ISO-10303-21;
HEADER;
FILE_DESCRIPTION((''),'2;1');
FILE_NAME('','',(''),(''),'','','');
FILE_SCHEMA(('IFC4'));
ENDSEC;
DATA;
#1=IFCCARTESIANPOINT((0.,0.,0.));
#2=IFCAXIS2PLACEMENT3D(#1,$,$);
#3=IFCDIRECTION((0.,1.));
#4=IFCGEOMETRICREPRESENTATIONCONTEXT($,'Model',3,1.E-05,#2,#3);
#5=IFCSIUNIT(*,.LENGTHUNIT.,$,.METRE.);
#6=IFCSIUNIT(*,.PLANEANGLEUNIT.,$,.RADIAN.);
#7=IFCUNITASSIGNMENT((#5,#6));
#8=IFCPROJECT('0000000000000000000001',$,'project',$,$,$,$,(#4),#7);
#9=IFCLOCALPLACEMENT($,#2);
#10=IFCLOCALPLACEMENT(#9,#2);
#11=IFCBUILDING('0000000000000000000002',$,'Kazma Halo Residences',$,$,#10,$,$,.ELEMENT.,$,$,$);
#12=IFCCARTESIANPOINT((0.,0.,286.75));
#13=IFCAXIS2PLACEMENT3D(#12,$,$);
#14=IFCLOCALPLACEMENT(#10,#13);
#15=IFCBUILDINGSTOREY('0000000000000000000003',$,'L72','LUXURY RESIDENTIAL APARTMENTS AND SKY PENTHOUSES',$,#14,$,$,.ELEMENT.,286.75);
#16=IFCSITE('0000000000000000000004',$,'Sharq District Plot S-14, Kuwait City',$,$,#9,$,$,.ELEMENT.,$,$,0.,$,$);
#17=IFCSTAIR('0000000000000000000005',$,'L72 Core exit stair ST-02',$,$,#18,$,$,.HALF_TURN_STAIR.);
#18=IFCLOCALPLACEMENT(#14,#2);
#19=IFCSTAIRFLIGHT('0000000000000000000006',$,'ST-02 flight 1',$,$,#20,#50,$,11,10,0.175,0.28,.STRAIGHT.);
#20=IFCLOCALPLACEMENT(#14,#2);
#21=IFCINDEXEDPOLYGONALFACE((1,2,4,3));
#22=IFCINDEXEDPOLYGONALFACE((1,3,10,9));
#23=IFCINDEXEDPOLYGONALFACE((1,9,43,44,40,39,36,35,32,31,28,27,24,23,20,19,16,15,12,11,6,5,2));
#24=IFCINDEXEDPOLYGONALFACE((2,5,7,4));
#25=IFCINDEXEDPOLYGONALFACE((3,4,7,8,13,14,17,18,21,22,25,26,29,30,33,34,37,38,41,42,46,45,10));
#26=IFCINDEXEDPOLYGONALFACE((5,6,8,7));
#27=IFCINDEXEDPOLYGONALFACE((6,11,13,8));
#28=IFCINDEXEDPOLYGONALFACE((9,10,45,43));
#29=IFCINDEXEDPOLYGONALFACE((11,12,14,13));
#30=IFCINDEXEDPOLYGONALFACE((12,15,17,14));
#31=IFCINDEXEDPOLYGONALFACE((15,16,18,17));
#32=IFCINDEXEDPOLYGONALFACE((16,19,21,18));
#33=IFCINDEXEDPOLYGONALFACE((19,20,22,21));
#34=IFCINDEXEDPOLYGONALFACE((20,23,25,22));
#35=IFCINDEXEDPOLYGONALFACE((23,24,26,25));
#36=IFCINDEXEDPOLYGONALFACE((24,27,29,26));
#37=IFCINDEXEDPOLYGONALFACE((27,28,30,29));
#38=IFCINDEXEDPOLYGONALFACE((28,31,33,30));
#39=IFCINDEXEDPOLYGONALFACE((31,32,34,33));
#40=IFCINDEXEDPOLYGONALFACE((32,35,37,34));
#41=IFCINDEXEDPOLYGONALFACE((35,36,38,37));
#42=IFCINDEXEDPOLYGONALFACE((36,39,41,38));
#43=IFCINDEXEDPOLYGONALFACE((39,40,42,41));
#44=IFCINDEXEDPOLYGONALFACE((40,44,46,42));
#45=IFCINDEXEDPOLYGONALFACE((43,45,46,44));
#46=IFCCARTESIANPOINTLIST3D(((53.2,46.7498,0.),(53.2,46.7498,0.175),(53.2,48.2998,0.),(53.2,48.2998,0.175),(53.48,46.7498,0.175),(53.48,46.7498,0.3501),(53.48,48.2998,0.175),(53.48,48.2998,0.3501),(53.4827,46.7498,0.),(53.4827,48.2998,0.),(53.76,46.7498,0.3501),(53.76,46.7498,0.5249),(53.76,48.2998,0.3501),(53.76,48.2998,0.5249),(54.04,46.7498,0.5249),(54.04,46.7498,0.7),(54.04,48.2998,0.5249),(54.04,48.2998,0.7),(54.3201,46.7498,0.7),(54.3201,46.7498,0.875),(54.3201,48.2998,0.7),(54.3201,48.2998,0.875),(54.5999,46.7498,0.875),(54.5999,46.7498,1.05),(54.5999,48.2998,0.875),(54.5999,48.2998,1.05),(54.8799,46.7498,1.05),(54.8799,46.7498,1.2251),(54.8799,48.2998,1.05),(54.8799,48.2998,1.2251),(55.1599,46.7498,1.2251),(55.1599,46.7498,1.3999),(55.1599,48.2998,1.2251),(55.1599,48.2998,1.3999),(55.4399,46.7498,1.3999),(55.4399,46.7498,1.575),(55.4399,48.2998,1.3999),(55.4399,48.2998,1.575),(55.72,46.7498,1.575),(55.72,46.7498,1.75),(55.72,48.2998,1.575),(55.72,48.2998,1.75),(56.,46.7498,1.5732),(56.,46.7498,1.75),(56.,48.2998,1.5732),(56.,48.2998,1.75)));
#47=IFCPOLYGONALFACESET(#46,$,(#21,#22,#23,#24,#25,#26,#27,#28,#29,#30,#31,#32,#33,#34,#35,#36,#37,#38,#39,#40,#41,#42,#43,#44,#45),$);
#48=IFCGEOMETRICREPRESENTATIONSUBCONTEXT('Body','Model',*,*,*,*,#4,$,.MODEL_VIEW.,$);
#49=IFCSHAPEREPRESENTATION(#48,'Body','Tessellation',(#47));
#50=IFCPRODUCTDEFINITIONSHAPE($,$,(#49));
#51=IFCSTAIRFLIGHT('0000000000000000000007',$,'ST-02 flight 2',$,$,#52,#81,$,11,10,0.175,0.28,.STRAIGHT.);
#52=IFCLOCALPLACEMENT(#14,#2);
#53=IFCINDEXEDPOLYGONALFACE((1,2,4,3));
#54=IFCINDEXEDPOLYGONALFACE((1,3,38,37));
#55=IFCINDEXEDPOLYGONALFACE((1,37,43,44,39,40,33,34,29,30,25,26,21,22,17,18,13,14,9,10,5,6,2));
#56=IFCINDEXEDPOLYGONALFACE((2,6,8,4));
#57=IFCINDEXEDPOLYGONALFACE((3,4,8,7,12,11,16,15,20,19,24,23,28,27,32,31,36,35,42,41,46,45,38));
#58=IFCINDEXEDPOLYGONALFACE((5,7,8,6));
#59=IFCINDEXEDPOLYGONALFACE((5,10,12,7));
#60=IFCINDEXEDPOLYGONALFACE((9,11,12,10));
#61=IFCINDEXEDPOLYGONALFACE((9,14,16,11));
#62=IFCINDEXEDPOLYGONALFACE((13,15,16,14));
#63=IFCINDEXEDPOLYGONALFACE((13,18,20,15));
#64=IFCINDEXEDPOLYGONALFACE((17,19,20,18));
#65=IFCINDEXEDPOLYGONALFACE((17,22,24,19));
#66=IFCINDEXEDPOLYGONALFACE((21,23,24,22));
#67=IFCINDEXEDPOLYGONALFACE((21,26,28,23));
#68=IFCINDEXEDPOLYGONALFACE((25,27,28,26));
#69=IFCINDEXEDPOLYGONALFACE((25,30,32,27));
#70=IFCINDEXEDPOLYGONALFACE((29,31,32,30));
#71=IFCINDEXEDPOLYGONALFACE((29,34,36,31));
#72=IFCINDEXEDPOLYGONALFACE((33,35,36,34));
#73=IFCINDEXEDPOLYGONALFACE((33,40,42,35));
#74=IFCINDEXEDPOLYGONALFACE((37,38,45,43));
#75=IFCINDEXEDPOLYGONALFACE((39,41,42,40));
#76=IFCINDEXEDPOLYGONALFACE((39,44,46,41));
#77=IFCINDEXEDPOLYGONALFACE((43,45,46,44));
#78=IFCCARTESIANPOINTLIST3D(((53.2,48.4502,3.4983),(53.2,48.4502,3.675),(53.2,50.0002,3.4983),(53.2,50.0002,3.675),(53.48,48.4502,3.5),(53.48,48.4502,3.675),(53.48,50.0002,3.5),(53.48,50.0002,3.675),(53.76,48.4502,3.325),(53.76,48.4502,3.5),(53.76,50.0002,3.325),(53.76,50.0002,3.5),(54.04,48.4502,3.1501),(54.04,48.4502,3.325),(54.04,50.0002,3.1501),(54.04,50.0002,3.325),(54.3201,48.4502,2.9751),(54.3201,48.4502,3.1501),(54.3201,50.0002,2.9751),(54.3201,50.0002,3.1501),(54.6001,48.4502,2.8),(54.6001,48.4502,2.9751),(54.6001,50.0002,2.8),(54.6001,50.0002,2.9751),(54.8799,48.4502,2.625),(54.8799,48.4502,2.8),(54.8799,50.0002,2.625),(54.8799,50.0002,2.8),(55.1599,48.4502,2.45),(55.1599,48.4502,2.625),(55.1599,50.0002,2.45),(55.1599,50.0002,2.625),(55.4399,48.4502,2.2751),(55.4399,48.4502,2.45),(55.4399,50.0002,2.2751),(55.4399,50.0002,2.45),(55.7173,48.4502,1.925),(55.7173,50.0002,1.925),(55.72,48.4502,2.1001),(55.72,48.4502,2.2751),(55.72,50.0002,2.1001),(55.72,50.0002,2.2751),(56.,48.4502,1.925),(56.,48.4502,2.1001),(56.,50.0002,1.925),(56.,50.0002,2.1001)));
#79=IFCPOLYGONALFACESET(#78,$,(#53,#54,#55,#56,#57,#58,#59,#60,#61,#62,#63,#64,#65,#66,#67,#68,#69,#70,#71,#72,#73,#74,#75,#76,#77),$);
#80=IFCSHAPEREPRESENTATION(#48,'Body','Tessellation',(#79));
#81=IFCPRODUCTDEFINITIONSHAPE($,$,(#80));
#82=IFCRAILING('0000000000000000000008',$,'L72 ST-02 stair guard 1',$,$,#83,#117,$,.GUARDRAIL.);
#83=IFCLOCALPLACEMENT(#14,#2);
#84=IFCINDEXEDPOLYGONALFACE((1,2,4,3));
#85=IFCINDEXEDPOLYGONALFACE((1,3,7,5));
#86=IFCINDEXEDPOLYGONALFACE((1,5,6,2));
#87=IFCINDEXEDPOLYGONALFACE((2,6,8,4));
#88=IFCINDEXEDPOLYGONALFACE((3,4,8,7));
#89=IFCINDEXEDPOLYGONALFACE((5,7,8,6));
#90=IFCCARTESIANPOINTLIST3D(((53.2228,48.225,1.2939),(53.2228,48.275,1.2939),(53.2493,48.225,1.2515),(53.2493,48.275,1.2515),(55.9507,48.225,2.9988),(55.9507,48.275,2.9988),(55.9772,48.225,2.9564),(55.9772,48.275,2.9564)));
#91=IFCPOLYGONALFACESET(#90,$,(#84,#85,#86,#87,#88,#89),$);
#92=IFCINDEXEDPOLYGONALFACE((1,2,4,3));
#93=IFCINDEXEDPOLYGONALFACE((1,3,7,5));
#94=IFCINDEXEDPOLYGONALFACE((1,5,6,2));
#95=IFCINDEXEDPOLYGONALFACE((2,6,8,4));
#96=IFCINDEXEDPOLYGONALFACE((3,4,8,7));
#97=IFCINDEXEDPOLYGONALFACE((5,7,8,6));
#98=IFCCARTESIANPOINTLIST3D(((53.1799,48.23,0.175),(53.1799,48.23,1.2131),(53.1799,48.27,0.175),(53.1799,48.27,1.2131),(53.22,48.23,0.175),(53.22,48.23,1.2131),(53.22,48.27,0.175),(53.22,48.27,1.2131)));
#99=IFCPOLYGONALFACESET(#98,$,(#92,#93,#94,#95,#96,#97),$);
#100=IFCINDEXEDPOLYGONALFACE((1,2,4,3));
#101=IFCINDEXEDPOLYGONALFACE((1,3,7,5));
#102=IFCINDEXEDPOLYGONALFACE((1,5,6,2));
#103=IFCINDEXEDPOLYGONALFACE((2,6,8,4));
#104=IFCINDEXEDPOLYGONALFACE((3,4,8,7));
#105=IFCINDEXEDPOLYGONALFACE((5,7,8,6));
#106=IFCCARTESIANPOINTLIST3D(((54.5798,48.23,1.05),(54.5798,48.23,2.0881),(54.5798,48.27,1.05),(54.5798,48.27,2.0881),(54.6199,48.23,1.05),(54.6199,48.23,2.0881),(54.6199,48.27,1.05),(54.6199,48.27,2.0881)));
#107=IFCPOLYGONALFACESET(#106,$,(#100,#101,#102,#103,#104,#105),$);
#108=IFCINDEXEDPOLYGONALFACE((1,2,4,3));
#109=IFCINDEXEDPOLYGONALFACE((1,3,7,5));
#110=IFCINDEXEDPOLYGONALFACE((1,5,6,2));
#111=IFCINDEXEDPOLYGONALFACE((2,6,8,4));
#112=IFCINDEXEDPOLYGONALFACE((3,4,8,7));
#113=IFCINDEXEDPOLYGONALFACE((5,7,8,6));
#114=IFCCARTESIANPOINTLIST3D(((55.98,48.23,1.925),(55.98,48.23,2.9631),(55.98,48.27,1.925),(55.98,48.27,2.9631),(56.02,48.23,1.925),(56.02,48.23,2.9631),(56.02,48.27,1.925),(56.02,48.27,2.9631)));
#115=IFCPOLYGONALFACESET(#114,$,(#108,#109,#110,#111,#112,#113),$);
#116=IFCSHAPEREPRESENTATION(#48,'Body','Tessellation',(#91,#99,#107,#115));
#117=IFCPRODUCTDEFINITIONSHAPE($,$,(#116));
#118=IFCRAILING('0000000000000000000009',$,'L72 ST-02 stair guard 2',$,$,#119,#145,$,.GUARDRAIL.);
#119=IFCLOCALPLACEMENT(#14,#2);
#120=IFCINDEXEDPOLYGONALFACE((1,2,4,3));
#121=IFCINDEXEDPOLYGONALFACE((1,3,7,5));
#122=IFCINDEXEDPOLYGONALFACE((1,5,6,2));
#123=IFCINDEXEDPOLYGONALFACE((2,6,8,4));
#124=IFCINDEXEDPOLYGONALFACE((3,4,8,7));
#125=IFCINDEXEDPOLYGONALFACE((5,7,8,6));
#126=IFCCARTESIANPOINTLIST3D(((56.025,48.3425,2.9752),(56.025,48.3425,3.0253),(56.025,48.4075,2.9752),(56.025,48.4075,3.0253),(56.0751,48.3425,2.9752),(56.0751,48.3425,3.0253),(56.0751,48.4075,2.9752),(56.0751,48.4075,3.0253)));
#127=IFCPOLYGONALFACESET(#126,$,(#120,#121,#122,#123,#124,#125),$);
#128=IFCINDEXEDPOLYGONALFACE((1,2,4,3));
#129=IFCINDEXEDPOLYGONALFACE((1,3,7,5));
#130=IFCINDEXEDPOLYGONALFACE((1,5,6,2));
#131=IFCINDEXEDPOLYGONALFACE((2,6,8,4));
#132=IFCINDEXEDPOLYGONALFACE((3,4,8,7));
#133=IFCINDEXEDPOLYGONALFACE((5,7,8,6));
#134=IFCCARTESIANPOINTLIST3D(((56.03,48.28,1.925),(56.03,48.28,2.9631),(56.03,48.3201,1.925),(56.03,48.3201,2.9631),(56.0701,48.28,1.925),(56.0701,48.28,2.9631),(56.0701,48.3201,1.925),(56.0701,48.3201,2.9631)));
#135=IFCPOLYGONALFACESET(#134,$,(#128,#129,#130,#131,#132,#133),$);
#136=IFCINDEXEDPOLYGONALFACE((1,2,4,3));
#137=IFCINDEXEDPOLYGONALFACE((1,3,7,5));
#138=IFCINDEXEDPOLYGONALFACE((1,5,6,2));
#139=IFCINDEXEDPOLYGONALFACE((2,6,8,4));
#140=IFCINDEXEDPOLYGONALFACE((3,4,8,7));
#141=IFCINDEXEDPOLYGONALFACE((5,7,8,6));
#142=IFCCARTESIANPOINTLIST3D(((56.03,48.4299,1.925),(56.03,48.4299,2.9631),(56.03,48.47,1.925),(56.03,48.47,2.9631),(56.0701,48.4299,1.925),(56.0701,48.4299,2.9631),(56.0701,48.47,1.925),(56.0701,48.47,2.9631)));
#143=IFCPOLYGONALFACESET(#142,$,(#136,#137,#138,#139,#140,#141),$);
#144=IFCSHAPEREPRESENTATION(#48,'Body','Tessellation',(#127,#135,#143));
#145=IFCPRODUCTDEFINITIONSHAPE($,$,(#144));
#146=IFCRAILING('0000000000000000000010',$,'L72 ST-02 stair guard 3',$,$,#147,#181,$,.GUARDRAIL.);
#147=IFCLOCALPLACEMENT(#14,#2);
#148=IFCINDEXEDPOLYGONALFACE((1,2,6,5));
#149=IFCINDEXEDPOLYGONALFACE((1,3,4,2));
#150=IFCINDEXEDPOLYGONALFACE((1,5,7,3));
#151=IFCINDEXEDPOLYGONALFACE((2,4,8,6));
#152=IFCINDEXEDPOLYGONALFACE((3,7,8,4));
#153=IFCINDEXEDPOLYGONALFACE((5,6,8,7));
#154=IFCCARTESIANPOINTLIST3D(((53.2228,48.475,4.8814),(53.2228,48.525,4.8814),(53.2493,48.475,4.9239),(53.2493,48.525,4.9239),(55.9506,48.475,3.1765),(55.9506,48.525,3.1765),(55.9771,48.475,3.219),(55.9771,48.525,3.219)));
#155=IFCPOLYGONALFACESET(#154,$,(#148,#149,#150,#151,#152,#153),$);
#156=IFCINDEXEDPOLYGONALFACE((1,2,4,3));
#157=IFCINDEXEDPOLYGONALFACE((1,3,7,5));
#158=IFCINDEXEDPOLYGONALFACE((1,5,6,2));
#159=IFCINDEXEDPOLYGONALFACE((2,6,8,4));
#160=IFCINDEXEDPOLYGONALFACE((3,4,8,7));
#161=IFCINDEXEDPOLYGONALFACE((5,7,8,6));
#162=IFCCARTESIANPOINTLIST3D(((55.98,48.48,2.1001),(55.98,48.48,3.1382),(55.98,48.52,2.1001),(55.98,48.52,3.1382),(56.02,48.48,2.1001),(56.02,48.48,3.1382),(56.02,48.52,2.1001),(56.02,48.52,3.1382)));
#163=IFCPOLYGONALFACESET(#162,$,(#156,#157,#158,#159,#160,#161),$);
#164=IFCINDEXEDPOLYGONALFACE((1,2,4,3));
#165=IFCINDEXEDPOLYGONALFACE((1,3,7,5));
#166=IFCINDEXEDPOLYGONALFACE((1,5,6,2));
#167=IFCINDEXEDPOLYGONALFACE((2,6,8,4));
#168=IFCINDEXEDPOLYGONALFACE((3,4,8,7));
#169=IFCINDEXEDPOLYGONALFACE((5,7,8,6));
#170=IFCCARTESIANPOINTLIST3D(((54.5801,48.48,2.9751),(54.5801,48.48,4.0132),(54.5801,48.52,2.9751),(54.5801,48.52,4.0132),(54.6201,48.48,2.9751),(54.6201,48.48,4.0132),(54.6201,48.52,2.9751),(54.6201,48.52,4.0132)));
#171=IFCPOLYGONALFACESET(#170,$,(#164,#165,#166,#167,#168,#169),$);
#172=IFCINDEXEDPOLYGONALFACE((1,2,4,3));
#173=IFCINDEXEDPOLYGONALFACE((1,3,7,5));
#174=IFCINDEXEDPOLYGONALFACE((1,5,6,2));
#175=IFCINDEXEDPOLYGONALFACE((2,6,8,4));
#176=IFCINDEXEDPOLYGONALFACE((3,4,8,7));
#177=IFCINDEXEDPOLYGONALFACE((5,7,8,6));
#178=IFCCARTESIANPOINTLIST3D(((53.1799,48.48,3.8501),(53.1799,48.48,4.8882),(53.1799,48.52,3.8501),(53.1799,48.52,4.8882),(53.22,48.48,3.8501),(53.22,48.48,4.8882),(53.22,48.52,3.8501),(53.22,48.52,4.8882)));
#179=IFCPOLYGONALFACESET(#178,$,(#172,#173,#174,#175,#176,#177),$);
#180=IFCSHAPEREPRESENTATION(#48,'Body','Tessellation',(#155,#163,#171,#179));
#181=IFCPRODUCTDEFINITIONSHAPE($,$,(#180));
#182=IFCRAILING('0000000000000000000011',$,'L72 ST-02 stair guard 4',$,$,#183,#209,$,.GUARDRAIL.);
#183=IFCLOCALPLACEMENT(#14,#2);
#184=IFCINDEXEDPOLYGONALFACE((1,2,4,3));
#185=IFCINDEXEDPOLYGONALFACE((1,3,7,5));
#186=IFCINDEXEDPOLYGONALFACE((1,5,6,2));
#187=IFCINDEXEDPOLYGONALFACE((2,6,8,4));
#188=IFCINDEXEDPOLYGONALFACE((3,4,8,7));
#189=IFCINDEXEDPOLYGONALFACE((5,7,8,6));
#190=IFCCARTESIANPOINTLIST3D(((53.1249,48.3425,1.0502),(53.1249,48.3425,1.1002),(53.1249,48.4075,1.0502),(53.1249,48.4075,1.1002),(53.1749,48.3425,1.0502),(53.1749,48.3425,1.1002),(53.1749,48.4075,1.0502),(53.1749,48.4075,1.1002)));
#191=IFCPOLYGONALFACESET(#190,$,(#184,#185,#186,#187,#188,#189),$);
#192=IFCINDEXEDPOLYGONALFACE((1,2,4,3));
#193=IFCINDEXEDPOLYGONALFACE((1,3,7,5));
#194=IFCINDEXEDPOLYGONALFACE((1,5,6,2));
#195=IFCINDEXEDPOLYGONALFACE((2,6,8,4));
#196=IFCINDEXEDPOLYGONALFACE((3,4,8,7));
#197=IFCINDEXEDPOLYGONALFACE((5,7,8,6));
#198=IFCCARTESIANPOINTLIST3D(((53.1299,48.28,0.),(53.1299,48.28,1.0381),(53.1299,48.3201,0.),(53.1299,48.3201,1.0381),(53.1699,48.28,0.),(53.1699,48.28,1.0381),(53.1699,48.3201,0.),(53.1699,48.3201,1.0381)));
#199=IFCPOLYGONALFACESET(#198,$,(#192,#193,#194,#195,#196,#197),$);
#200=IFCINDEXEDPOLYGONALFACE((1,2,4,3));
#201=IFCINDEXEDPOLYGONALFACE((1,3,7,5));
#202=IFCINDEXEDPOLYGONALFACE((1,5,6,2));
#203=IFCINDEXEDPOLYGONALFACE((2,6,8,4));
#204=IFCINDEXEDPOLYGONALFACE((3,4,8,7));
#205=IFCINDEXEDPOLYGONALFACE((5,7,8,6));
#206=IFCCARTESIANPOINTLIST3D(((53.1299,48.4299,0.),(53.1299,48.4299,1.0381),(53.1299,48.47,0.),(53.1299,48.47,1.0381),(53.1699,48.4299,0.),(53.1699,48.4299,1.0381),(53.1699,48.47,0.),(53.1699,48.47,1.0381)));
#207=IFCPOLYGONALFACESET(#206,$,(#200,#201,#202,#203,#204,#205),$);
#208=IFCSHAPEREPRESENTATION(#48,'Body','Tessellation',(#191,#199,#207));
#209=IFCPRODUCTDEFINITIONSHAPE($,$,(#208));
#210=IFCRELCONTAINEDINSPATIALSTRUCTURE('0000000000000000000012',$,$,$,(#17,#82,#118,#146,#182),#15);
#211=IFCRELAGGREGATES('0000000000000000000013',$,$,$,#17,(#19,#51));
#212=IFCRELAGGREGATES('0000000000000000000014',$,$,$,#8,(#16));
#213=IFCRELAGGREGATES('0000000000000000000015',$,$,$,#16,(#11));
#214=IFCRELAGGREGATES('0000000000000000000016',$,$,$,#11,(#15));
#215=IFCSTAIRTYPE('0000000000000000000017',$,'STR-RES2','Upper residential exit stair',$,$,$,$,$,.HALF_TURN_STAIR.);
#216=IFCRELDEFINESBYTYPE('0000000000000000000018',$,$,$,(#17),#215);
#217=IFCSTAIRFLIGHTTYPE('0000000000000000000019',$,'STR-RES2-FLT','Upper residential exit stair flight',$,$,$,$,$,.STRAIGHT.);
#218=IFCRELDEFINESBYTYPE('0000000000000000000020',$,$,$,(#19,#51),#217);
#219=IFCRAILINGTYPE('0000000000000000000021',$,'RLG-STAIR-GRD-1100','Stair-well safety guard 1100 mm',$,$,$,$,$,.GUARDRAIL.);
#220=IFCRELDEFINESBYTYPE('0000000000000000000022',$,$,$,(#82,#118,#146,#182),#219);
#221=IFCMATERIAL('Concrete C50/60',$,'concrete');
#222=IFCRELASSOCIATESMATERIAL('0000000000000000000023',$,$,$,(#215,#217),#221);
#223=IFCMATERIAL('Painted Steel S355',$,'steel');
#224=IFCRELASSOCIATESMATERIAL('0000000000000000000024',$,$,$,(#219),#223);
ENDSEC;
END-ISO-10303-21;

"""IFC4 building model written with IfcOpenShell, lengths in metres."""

from ifc_helpers import new_model, si_unit, direction, frame, origin, origin_2d, place, context, subcontext, project, spatial, polyline, rectangle, outline, extrude, material, type_object, element, aggregate, save


model = new_model("IFC4")

# Units and contexts
model_context = context("Model", 3, precision=1e-05, world=origin(), true_north=direction((0.0, 1.0)))
body_context = subcontext(model_context, "Body", "Model", "MODEL_VIEW")
ifc_project = project(units=[si_unit("LENGTHUNIT", "METRE"), si_unit("PLANEANGLEUNIT", "RADIAN")], contexts=[model_context])

# Site, building, storey
site_placement = place(None, origin())
site = spatial("IfcSite", under=ifc_project, at=site_placement, Name="Sharq District Plot S-14, Kuwait City", CompositionType="ELEMENT", RefElevation=0.0)
building_placement = place(site_placement, origin())
building = spatial("IfcBuilding", under=site, at=building_placement, Name="Kazma Halo Residences", CompositionType="ELEMENT")
storey_placement = place(building_placement, frame((0.0, 0.0, 286.75)))
storey = spatial("IfcBuildingStorey", under=building, at=storey_placement, Name="L72", Description="LUXURY RESIDENTIAL APARTMENTS AND SKY PENTHOUSES", CompositionType="ELEMENT", Elevation=286.75)

# Shared definitions
ifc_material_1 = material(Name="Concrete C50/60", Category="concrete")

# Stair, stair flights
stair_type = type_object("IfcStairType", Name="STR-RES2", Description="Upper residential exit stair", PredefinedType="HALF_TURN_STAIR", material=ifc_material_1)
stair_placement = place(storey_placement, origin())
stair = element("IfcStair", 1, at=stair_placement, inside=storey, type_object=stair_type, Name="L72 Core exit stair ST-02", PredefinedType="HALF_TURN_STAIR")
stair_flight_type = type_object("IfcStairFlightType", Name="STR-RES2-FLT", Description="Upper residential exit stair flight", PredefinedType="STRAIGHT", material=ifc_material_1)
stair_flight_1_placement = place(storey_placement, frame((53.2, 47.5249, 0.0), z_axis=(0.0, 0.0, 1.0), x_axis=(1.0, 0.0, 0.0)))
stair_flight_1 = element("IfcStairFlight", 2, at=stair_flight_1_placement, type_object=stair_flight_type, Name="ST-02 flight 1", NumberOfRisers=11, NumberOfTreads=10, PredefinedType="STRAIGHT", RiserHeight=0.175, TreadLength=0.28, context=body_context, shape_type="SweptSolid", body=[
    extrude(outline(polyline([(0.0, 0.0), (0.0, 0.175), (0.28, 0.175), (0.28, 0.3501), (0.5601, 0.3501), (0.5601, 0.5249), (0.8401, 0.5249), (0.8401, 0.7), (1.1201, 0.7), (1.1201, 0.875), (1.3999, 0.875), (1.3999, 1.05), (1.6799, 1.05), (1.6799, 1.2251), (1.96, 1.2251), (1.96, 1.3999), (2.24, 1.3999), (2.24, 1.575), (2.52, 1.575), (2.52, 1.75), (2.8, 1.75), (2.8, 1.925), (2.8, 1.5732), (0.2827, 0.0), (0.0, 0.0)])), frame((0.0, 0.7749, 0.0), z_axis=(0.0, -1.0, 0.0), x_axis=(1.0, 0.0, 0.0)), (0.0, 0.0, 1.0), 1.55),
])
stair_flight_2_placement = place(storey_placement, frame((56.0, 49.2251, 1.925), z_axis=(0.0, 0.0, 1.0), x_axis=(-1.0, 0.0, 0.0)))
stair_flight_2 = element("IfcStairFlight", 3, at=stair_flight_2_placement, type_object=stair_flight_type, Name="ST-02 flight 2", NumberOfRisers=11, NumberOfTreads=10, PredefinedType="STRAIGHT", RiserHeight=0.175, TreadLength=0.28, context=body_context, shape_type="SweptSolid", body=[
    extrude(outline(polyline([(0.0, 0.0), (0.0, 0.175), (0.28, 0.175), (0.28, 0.3501), (0.5601, 0.3501), (0.5601, 0.5249), (0.8401, 0.5249), (0.8401, 0.7), (1.1201, 0.7), (1.1201, 0.875), (1.3999, 0.875), (1.3999, 1.05), (1.6799, 1.05), (1.6799, 1.2251), (1.96, 1.2251), (1.96, 1.3999), (2.24, 1.3999), (2.24, 1.575), (2.52, 1.575), (2.52, 1.75), (2.8, 1.75), (2.8, 1.925), (2.8, 1.5732), (0.2827, 0.0), (0.0, 0.0)])), frame((0.0, 0.7749, 0.0), z_axis=(0.0, -1.0, 0.0), x_axis=(1.0, 0.0, 0.0)), (0.0, 0.0, 1.0), 1.55),
])
aggregate(stair, [stair_flight_1, stair_flight_2])

# Railings
ifc_material_2 = material(Name="Painted Steel S355", Category="steel")
railing_type_1 = type_object("IfcRailingType", Name="RLG-STAIR-GRD-1100", Description="Stair-well safety guard 1100 mm", PredefinedType="GUARDRAIL", material=ifc_material_2)
railing_1_placement = place(storey_placement, frame((53.2, 48.25, 0.175)))
element("IfcRailing", 4, at=railing_1_placement, inside=storey, type_object=railing_type_1, Name="L72 ST-02 stair guard 1", PredefinedType="GUARDRAIL", context=body_context, shape_type="SweptSolid", body=[
    extrude(rectangle(XDim=0.05, YDim=0.05, at=origin_2d()), frame((0.0361, 0.0, 1.0977), z_axis=(0.848002, 0.0, 0.529992), x_axis=(0.0, 1.0, 0.0)), (0.0, 0.0, 1.0), 3.2168),
    extrude(rectangle(XDim=0.04, YDim=0.04, at=origin_2d()), origin(), (0.0, 0.0, 1.0), 1.0381),
    extrude(rectangle(XDim=0.04, YDim=0.04, at=origin_2d()), frame((1.3999, 0.0, 0.875)), (0.0, 0.0, 1.0), 1.0381),
    extrude(rectangle(XDim=0.04, YDim=0.04, at=origin_2d()), frame((2.8, 0.0, 1.75)), (0.0, 0.0, 1.0), 1.0381),
])
railing_2_placement = place(storey_placement, frame((56.05, 48.3, 1.925)))
element("IfcRailing", 5, at=railing_2_placement, inside=storey, type_object=railing_type_1, Name="L72 ST-02 stair guard 2", PredefinedType="GUARDRAIL", context=body_context, shape_type="SweptSolid", body=[
    extrude(rectangle(XDim=0.05, YDim=0.05, at=origin_2d()), frame((0.0, 0.0425, 1.0752), z_axis=(0.0, 1.0, 0.0), x_axis=(-1.0, 0.0, 0.0)), (0.0, 0.0, 1.0), 0.0649),
    extrude(rectangle(XDim=0.04, YDim=0.04, at=origin_2d()), origin(), (0.0, 0.0, 1.0), 1.0381),
    extrude(rectangle(XDim=0.04, YDim=0.04, at=origin_2d()), frame((0.0, 0.1499, 0.0)), (0.0, 0.0, 1.0), 1.0381),
])
railing_3_placement = place(storey_placement, frame((56.0, 48.5, 2.1001)))
element("IfcRailing", 6, at=railing_3_placement, inside=storey, type_object=railing_type_1, Name="L72 ST-02 stair guard 3", PredefinedType="GUARDRAIL", context=body_context, shape_type="SweptSolid", body=[
    extrude(rectangle(XDim=0.05, YDim=0.05, at=origin_2d()), frame((-0.0361, 0.0, 1.0977), z_axis=(-0.848002, 0.0, 0.529992), x_axis=(0.0, -1.0, 0.0)), (0.0, 0.0, 1.0), 3.2168),
    extrude(rectangle(XDim=0.04, YDim=0.04, at=origin_2d()), origin(), (0.0, 0.0, 1.0), 1.0381),
    extrude(rectangle(XDim=0.04, YDim=0.04, at=origin_2d()), frame((-1.3999, 0.0, 0.875)), (0.0, 0.0, 1.0), 1.0381),
    extrude(rectangle(XDim=0.04, YDim=0.04, at=origin_2d()), frame((-2.8, 0.0, 1.75)), (0.0, 0.0, 1.0), 1.0381),
])
railing_4_placement = place(storey_placement, frame((53.1499, 48.3, 0.0)))
element("IfcRailing", 7, at=railing_4_placement, inside=storey, type_object=railing_type_1, Name="L72 ST-02 stair guard 4", PredefinedType="GUARDRAIL", context=body_context, shape_type="SweptSolid", body=[
    extrude(rectangle(XDim=0.05, YDim=0.05, at=origin_2d()), frame((0.0, 0.0425, 1.0752), z_axis=(0.0, 1.0, 0.0), x_axis=(-1.0, 0.0, 0.0)), (0.0, 0.0, 1.0), 0.0649),
    extrude(rectangle(XDim=0.04, YDim=0.04, at=origin_2d()), origin(), (0.0, 0.0, 1.0), 1.0381),
    extrude(rectangle(XDim=0.04, YDim=0.04, at=origin_2d()), frame((0.0, 0.1499, 0.0)), (0.0, 0.0, 1.0), 1.0381),
])

save(model, "model.ifc")
